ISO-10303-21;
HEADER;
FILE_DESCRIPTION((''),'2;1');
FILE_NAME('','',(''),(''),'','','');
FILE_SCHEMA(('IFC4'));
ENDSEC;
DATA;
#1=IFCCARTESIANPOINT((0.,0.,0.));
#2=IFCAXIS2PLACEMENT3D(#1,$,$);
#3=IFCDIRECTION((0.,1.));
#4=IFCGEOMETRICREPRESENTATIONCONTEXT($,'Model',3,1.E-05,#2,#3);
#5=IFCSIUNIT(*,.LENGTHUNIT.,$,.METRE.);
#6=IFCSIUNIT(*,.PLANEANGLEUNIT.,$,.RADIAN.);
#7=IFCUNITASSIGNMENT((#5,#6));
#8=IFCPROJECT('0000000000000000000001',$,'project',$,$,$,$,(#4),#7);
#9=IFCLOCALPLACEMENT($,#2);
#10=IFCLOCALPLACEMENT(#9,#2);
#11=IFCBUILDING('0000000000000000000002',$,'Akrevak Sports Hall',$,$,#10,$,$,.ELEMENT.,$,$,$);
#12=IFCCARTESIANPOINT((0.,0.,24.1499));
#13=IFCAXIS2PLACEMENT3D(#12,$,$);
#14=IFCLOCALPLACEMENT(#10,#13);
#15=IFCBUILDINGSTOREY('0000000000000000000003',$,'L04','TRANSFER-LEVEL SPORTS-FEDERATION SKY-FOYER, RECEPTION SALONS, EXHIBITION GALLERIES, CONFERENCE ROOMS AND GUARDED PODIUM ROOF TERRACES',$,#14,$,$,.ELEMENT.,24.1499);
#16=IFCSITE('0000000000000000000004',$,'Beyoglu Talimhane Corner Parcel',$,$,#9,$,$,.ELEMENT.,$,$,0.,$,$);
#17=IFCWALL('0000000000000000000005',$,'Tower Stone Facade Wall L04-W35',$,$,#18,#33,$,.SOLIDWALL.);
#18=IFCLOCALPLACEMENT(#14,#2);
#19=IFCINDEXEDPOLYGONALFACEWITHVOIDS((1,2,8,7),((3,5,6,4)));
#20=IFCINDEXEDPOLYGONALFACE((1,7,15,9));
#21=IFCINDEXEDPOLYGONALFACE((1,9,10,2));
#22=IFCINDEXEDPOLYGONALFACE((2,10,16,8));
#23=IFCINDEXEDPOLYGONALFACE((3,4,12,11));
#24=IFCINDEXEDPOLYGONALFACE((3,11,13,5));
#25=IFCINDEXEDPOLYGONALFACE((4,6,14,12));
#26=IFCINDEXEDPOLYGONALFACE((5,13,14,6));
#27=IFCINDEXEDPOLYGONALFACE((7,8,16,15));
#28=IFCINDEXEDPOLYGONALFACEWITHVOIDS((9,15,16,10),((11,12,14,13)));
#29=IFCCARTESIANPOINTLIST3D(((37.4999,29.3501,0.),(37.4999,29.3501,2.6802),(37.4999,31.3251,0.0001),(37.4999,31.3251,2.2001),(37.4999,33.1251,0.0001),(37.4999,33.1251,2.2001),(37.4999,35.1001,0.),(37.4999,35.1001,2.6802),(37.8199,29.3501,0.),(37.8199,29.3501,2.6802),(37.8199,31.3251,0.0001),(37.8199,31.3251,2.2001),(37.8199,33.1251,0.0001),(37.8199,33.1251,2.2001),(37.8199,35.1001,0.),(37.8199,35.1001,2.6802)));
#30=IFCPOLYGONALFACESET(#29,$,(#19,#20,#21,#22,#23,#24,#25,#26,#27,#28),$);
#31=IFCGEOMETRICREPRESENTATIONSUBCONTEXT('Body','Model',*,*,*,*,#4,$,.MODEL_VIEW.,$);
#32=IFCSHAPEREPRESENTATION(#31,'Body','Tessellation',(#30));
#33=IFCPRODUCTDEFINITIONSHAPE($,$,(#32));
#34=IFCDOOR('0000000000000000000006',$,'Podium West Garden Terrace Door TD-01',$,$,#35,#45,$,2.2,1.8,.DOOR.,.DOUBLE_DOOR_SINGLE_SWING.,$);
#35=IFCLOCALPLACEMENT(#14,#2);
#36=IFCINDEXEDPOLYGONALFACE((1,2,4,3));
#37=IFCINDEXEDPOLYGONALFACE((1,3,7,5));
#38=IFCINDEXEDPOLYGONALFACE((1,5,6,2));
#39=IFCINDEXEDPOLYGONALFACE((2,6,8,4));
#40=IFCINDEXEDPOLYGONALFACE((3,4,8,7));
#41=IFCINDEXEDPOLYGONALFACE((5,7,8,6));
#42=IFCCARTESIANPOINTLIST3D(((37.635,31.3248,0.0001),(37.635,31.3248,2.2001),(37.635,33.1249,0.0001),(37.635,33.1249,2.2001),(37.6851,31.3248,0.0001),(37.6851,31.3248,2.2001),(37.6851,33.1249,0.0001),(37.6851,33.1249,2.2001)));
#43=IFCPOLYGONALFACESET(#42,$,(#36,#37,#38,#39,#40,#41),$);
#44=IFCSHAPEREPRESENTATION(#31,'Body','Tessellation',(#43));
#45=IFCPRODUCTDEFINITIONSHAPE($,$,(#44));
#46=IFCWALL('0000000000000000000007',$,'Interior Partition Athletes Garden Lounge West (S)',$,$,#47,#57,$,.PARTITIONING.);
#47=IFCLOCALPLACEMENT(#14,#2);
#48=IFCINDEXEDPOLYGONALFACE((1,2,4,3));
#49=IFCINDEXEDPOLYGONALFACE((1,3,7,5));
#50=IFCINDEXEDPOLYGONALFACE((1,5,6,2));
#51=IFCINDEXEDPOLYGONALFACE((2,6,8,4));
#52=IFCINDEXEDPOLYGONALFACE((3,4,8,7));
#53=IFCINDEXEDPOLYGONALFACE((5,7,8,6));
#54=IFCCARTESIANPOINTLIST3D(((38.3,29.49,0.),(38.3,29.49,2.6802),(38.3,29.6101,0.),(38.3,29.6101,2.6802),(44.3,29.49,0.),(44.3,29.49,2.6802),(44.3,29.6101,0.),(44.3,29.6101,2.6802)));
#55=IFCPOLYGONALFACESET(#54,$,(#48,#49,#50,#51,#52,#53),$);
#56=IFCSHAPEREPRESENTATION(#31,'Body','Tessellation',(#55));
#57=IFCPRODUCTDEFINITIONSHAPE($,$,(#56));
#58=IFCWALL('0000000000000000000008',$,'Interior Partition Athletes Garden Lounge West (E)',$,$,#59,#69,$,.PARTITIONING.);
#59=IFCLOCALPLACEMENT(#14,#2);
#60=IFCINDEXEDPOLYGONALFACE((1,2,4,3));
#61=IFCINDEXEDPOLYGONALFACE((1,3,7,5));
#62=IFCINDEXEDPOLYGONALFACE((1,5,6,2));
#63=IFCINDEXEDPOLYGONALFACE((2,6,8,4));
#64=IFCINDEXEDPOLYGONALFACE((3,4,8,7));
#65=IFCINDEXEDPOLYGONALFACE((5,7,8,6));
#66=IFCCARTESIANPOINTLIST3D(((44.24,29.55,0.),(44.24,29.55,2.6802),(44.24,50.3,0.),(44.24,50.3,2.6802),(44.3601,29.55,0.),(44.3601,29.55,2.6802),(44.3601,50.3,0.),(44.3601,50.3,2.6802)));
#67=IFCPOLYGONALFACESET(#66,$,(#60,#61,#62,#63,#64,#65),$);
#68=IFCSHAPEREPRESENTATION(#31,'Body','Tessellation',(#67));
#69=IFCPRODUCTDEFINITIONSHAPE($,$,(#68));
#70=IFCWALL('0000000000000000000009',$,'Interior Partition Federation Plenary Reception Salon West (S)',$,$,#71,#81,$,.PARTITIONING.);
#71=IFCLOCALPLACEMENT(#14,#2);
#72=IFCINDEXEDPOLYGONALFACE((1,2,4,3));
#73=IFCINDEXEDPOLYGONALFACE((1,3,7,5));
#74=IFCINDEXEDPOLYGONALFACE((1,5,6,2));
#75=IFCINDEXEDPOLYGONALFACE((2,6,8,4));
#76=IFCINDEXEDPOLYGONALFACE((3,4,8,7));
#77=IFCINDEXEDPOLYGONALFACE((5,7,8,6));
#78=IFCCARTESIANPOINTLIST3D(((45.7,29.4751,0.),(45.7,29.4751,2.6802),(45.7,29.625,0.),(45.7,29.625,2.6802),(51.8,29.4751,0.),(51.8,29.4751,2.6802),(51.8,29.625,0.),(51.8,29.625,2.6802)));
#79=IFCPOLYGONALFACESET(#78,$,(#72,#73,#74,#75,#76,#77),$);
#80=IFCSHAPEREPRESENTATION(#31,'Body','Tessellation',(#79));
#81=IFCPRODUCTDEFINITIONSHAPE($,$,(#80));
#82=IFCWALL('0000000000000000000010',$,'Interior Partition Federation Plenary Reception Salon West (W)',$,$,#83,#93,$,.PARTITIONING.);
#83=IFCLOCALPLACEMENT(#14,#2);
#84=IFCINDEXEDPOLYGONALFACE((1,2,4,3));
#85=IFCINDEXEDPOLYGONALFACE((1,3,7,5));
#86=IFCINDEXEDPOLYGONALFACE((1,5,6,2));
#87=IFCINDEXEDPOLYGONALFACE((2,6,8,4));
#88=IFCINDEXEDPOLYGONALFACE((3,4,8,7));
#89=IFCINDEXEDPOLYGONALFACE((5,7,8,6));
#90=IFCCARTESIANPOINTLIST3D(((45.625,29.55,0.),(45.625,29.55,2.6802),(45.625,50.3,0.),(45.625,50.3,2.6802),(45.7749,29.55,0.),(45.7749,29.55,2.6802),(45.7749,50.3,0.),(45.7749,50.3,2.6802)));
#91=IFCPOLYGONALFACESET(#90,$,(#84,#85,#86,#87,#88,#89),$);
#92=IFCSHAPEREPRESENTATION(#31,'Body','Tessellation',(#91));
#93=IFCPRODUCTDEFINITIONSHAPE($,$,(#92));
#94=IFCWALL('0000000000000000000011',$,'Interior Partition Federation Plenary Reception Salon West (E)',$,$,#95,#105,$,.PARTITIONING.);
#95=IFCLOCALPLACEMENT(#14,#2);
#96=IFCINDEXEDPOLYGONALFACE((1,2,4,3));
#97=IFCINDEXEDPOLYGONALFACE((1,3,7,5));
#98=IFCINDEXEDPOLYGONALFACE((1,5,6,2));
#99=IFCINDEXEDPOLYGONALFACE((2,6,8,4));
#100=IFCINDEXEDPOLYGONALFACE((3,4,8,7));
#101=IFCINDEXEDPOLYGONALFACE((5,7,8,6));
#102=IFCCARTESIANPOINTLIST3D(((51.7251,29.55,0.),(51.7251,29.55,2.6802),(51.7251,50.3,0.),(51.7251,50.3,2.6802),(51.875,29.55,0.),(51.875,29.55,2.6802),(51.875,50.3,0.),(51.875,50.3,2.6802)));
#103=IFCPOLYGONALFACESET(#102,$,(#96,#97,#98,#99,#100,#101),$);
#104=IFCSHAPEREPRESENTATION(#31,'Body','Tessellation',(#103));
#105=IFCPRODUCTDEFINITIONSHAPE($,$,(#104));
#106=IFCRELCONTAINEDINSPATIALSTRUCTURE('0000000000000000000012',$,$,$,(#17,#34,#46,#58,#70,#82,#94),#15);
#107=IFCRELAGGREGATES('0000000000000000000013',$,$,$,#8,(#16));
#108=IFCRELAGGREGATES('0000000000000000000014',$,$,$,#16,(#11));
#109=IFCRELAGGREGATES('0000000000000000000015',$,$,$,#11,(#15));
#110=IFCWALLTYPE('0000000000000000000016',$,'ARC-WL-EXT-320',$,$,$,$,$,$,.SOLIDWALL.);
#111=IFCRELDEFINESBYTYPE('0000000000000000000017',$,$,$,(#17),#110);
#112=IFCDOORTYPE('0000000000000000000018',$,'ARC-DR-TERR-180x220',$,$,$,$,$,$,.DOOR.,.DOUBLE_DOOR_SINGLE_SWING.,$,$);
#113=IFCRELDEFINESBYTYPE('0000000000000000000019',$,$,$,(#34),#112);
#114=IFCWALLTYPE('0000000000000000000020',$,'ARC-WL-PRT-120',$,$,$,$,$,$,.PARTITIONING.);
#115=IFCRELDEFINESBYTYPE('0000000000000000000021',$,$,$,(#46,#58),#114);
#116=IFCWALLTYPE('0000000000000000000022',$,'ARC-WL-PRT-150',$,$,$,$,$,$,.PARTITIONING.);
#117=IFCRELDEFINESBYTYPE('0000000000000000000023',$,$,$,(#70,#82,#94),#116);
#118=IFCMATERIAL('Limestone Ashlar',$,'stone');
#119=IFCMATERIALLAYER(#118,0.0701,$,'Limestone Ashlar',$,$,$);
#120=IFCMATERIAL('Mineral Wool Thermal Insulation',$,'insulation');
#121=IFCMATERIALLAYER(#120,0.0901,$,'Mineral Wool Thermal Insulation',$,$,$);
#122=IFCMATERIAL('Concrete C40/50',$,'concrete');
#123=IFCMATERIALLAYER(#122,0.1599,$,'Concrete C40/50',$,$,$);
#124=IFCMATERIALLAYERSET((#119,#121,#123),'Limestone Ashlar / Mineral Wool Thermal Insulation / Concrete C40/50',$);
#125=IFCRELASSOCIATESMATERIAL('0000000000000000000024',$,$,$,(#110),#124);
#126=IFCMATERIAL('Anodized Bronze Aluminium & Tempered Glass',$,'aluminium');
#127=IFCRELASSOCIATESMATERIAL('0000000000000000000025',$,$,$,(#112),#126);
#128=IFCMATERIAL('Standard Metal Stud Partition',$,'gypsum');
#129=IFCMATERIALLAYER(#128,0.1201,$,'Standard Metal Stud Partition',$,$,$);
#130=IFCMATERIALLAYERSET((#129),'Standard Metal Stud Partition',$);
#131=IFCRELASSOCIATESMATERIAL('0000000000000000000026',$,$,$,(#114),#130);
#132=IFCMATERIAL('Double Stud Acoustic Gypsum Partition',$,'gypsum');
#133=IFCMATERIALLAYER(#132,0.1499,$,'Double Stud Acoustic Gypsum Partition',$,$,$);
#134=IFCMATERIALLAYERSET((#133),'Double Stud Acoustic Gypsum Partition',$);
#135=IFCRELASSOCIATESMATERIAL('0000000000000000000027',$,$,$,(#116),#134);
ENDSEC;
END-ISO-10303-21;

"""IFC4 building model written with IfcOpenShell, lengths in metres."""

from ifc_helpers import new_model, si_unit, direction, frame, frame_2d, origin, place, context, subcontext, project, spatial, rectangle, extrude, material, layer, layer_set, type_object, element, fill, save


model = new_model("IFC4")

# Units and contexts
model_context = context("Model", 3, precision=1e-05, world=origin(), true_north=direction((0.0, 1.0)))
body_context = subcontext(model_context, "Body", "Model", "MODEL_VIEW")
ifc_project = project(units=[si_unit("LENGTHUNIT", "METRE"), si_unit("PLANEANGLEUNIT", "RADIAN")], contexts=[model_context])

# Site, building, storey
site_placement = place(None, origin())
site = spatial("IfcSite", under=ifc_project, at=site_placement, Name="Beyoglu Talimhane Corner Parcel", CompositionType="ELEMENT", RefElevation=0.0)
building_placement = place(site_placement, origin())
building = spatial("IfcBuilding", under=site, at=building_placement, Name="Akrevak Sports Hall", CompositionType="ELEMENT")
storey_placement = place(building_placement, frame((0.0, 0.0, 24.1499)))
storey = spatial("IfcBuildingStorey", under=building, at=storey_placement, Name="L04", Description="TRANSFER-LEVEL SPORTS-FEDERATION SKY-FOYER, RECEPTION SALONS, EXHIBITION GALLERIES, CONFERENCE ROOMS AND GUARDED PODIUM ROOF TERRACES", CompositionType="ELEMENT", Elevation=24.1499)

# Shared definitions
ifc_material_1 = material(Name="Concrete C40/50", Category="concrete")

# Shared definitions
ifc_material_2 = material(Name="Limestone Ashlar", Category="stone")
ifc_layer_1 = layer(ifc_material_2, 0.0701, Name="Limestone Ashlar")
ifc_material_3 = material(Name="Mineral Wool Thermal Insulation", Category="insulation")
ifc_layer_2 = layer(ifc_material_3, 0.0901, Name="Mineral Wool Thermal Insulation")
ifc_layer_3 = layer(ifc_material_1, 0.1599, Name="Concrete C40/50")
ifc_layer_set_1 = layer_set([ifc_layer_1, ifc_layer_2, ifc_layer_3], Name="Limestone Ashlar / Mineral Wool Thermal Insulation / Concrete C40/50")
wall_type_1 = type_object("IfcWallType", Name="ARC-WL-EXT-320", PredefinedType="SOLIDWALL", material=ifc_layer_set_1)

# Wall, opening, door
wall_1_placement = place(storey_placement, frame((37.6599, 35.1001, 0.0), z_axis=(0.0, 0.0, 1.0), x_axis=(0.0, -1.0, 0.0)))
wall_1 = element("IfcWall", 1, at=wall_1_placement, inside=storey, type_object=wall_type_1, Name="Tower Stone Facade Wall L04-W35", PredefinedType="SOLIDWALL", context=body_context, shape_type="SweptSolid", body=[
    extrude(rectangle(XDim=5.75, YDim=0.3201, at=frame_2d((2.875, 0.0))), origin(), (0.0, 0.0, 1.0), 2.6802),
])
opening_1_placement = place(wall_1_placement, frame((1.9751, 0.0, 0.0)))
opening_1 = element("IfcOpeningElement", 2, at=opening_1_placement, cuts=wall_1, PredefinedType="OPENING", context=body_context, shape_type="SweptSolid", body=[
    extrude(rectangle(XDim=1.8, YDim=2.2, at=frame_2d((0.8999, 1.1001))), frame((0.0, 0.1719, 0.0), z_axis=(0.0, -1.0, 0.0), x_axis=(1.0, 0.0, 0.0)), (0.0, 0.0, 1.0), 0.344),
])
ifc_material_4 = material(Name="Anodized Bronze Aluminium & Tempered Glass", Category="aluminium")
door_type = type_object("IfcDoorType", Name="ARC-DR-TERR-180x220", OperationType="DOUBLE_DOOR_SINGLE_SWING", PredefinedType="DOOR", material=ifc_material_4)
door_placement = place(opening_1_placement, frame((1.8, 0.0, 0.0), z_axis=(0.0, 0.0, 1.0), x_axis=(-1.0, 0.0, 0.0)))
door = element("IfcDoor", 3, at=door_placement, inside=storey, type_object=door_type, Name="Podium West Garden Terrace Door TD-01", OperationType="DOUBLE_DOOR_SINGLE_SWING", OverallHeight=2.2, OverallWidth=1.8, PredefinedType="DOOR", context=body_context, shape_type="SweptSolid", body=[
    extrude(rectangle(XDim=1.8, YDim=2.2, at=frame_2d((0.8999, 1.1001))), frame((0.0, 0.0249, 0.0), z_axis=(0.0, -1.0, 0.0), x_axis=(1.0, 0.0, 0.0)), (0.0, 0.0, 1.0), 0.05),
])
fill(opening_1, door)

# Walls
ifc_material_5 = material(Name="Standard Metal Stud Partition", Category="gypsum")
ifc_layer_4 = layer(ifc_material_5, 0.1201, Name="Standard Metal Stud Partition")
ifc_layer_set_2 = layer_set([ifc_layer_4], Name="Standard Metal Stud Partition")
wall_type_2 = type_object("IfcWallType", Name="ARC-WL-PRT-120", PredefinedType="PARTITIONING", material=ifc_layer_set_2)
wall_2_placement = place(storey_placement, frame((38.3, 29.55, 0.0), z_axis=(0.0, 0.0, 1.0), x_axis=(1.0, 0.0, 0.0)))
element("IfcWall", 4, at=wall_2_placement, inside=storey, type_object=wall_type_2, Name="Interior Partition Athletes Garden Lounge West (S)", PredefinedType="PARTITIONING", context=body_context, shape_type="SweptSolid", body=[
    extrude(rectangle(XDim=6.0, YDim=0.1201, at=frame_2d((3.0, 0.0))), origin(), (0.0, 0.0, 1.0), 2.6802),
])
wall_3_placement = place(storey_placement, frame((44.3, 29.55, 0.0), z_axis=(0.0, 0.0, 1.0), x_axis=(0.0, 1.0, 0.0)))
element("IfcWall", 5, at=wall_3_placement, inside=storey, type_object=wall_type_2, Name="Interior Partition Athletes Garden Lounge West (E)", PredefinedType="PARTITIONING", context=body_context, shape_type="SweptSolid", body=[
    extrude(rectangle(XDim=20.75, YDim=0.1201, at=frame_2d((10.375, 0.0))), origin(), (0.0, 0.0, 1.0), 2.6802),
])
ifc_material_6 = material(Name="Double Stud Acoustic Gypsum Partition", Category="gypsum")
ifc_layer_5 = layer(ifc_material_6, 0.1499, Name="Double Stud Acoustic Gypsum Partition")
ifc_layer_set_3 = layer_set([ifc_layer_5], Name="Double Stud Acoustic Gypsum Partition")
wall_type_3 = type_object("IfcWallType", Name="ARC-WL-PRT-150", PredefinedType="PARTITIONING", material=ifc_layer_set_3)
wall_4_placement = place(storey_placement, frame((45.7, 29.55, 0.0), z_axis=(0.0, 0.0, 1.0), x_axis=(1.0, 0.0, 0.0)))
element("IfcWall", 6, at=wall_4_placement, inside=storey, type_object=wall_type_3, Name="Interior Partition Federation Plenary Reception Salon West (S)", PredefinedType="PARTITIONING", context=body_context, shape_type="SweptSolid", body=[
    extrude(rectangle(XDim=6.1001, YDim=0.1499, at=frame_2d((3.05, 0.0))), origin(), (0.0, 0.0, 1.0), 2.6802),
])
for number, where, z_axis, x_axis, name in (
    (7, (45.7, 29.55, 0.0), (0.0, 0.0, 1.0), (0.0, 1.0, 0.0), "Interior Partition Federation Plenary Reception Salon West (W)"),
    (8, (51.8, 29.55, 0.0), (0.0, 0.0, 1.0), (0.0, 1.0, 0.0), "Interior Partition Federation Plenary Reception Salon West (E)"),
):
    element("IfcWall", number, at=place(storey_placement, frame(where, z_axis=z_axis, x_axis=x_axis)), inside=storey, type_object=wall_type_3, Name=name, PredefinedType="PARTITIONING", context=body_context, shape_type="SweptSolid", body=[
        extrude(rectangle(XDim=20.75, YDim=0.1499, at=frame_2d((10.375, 0.0))), origin(), (0.0, 0.0, 1.0), 2.6802),
    ])

save(model, "model.ifc")
